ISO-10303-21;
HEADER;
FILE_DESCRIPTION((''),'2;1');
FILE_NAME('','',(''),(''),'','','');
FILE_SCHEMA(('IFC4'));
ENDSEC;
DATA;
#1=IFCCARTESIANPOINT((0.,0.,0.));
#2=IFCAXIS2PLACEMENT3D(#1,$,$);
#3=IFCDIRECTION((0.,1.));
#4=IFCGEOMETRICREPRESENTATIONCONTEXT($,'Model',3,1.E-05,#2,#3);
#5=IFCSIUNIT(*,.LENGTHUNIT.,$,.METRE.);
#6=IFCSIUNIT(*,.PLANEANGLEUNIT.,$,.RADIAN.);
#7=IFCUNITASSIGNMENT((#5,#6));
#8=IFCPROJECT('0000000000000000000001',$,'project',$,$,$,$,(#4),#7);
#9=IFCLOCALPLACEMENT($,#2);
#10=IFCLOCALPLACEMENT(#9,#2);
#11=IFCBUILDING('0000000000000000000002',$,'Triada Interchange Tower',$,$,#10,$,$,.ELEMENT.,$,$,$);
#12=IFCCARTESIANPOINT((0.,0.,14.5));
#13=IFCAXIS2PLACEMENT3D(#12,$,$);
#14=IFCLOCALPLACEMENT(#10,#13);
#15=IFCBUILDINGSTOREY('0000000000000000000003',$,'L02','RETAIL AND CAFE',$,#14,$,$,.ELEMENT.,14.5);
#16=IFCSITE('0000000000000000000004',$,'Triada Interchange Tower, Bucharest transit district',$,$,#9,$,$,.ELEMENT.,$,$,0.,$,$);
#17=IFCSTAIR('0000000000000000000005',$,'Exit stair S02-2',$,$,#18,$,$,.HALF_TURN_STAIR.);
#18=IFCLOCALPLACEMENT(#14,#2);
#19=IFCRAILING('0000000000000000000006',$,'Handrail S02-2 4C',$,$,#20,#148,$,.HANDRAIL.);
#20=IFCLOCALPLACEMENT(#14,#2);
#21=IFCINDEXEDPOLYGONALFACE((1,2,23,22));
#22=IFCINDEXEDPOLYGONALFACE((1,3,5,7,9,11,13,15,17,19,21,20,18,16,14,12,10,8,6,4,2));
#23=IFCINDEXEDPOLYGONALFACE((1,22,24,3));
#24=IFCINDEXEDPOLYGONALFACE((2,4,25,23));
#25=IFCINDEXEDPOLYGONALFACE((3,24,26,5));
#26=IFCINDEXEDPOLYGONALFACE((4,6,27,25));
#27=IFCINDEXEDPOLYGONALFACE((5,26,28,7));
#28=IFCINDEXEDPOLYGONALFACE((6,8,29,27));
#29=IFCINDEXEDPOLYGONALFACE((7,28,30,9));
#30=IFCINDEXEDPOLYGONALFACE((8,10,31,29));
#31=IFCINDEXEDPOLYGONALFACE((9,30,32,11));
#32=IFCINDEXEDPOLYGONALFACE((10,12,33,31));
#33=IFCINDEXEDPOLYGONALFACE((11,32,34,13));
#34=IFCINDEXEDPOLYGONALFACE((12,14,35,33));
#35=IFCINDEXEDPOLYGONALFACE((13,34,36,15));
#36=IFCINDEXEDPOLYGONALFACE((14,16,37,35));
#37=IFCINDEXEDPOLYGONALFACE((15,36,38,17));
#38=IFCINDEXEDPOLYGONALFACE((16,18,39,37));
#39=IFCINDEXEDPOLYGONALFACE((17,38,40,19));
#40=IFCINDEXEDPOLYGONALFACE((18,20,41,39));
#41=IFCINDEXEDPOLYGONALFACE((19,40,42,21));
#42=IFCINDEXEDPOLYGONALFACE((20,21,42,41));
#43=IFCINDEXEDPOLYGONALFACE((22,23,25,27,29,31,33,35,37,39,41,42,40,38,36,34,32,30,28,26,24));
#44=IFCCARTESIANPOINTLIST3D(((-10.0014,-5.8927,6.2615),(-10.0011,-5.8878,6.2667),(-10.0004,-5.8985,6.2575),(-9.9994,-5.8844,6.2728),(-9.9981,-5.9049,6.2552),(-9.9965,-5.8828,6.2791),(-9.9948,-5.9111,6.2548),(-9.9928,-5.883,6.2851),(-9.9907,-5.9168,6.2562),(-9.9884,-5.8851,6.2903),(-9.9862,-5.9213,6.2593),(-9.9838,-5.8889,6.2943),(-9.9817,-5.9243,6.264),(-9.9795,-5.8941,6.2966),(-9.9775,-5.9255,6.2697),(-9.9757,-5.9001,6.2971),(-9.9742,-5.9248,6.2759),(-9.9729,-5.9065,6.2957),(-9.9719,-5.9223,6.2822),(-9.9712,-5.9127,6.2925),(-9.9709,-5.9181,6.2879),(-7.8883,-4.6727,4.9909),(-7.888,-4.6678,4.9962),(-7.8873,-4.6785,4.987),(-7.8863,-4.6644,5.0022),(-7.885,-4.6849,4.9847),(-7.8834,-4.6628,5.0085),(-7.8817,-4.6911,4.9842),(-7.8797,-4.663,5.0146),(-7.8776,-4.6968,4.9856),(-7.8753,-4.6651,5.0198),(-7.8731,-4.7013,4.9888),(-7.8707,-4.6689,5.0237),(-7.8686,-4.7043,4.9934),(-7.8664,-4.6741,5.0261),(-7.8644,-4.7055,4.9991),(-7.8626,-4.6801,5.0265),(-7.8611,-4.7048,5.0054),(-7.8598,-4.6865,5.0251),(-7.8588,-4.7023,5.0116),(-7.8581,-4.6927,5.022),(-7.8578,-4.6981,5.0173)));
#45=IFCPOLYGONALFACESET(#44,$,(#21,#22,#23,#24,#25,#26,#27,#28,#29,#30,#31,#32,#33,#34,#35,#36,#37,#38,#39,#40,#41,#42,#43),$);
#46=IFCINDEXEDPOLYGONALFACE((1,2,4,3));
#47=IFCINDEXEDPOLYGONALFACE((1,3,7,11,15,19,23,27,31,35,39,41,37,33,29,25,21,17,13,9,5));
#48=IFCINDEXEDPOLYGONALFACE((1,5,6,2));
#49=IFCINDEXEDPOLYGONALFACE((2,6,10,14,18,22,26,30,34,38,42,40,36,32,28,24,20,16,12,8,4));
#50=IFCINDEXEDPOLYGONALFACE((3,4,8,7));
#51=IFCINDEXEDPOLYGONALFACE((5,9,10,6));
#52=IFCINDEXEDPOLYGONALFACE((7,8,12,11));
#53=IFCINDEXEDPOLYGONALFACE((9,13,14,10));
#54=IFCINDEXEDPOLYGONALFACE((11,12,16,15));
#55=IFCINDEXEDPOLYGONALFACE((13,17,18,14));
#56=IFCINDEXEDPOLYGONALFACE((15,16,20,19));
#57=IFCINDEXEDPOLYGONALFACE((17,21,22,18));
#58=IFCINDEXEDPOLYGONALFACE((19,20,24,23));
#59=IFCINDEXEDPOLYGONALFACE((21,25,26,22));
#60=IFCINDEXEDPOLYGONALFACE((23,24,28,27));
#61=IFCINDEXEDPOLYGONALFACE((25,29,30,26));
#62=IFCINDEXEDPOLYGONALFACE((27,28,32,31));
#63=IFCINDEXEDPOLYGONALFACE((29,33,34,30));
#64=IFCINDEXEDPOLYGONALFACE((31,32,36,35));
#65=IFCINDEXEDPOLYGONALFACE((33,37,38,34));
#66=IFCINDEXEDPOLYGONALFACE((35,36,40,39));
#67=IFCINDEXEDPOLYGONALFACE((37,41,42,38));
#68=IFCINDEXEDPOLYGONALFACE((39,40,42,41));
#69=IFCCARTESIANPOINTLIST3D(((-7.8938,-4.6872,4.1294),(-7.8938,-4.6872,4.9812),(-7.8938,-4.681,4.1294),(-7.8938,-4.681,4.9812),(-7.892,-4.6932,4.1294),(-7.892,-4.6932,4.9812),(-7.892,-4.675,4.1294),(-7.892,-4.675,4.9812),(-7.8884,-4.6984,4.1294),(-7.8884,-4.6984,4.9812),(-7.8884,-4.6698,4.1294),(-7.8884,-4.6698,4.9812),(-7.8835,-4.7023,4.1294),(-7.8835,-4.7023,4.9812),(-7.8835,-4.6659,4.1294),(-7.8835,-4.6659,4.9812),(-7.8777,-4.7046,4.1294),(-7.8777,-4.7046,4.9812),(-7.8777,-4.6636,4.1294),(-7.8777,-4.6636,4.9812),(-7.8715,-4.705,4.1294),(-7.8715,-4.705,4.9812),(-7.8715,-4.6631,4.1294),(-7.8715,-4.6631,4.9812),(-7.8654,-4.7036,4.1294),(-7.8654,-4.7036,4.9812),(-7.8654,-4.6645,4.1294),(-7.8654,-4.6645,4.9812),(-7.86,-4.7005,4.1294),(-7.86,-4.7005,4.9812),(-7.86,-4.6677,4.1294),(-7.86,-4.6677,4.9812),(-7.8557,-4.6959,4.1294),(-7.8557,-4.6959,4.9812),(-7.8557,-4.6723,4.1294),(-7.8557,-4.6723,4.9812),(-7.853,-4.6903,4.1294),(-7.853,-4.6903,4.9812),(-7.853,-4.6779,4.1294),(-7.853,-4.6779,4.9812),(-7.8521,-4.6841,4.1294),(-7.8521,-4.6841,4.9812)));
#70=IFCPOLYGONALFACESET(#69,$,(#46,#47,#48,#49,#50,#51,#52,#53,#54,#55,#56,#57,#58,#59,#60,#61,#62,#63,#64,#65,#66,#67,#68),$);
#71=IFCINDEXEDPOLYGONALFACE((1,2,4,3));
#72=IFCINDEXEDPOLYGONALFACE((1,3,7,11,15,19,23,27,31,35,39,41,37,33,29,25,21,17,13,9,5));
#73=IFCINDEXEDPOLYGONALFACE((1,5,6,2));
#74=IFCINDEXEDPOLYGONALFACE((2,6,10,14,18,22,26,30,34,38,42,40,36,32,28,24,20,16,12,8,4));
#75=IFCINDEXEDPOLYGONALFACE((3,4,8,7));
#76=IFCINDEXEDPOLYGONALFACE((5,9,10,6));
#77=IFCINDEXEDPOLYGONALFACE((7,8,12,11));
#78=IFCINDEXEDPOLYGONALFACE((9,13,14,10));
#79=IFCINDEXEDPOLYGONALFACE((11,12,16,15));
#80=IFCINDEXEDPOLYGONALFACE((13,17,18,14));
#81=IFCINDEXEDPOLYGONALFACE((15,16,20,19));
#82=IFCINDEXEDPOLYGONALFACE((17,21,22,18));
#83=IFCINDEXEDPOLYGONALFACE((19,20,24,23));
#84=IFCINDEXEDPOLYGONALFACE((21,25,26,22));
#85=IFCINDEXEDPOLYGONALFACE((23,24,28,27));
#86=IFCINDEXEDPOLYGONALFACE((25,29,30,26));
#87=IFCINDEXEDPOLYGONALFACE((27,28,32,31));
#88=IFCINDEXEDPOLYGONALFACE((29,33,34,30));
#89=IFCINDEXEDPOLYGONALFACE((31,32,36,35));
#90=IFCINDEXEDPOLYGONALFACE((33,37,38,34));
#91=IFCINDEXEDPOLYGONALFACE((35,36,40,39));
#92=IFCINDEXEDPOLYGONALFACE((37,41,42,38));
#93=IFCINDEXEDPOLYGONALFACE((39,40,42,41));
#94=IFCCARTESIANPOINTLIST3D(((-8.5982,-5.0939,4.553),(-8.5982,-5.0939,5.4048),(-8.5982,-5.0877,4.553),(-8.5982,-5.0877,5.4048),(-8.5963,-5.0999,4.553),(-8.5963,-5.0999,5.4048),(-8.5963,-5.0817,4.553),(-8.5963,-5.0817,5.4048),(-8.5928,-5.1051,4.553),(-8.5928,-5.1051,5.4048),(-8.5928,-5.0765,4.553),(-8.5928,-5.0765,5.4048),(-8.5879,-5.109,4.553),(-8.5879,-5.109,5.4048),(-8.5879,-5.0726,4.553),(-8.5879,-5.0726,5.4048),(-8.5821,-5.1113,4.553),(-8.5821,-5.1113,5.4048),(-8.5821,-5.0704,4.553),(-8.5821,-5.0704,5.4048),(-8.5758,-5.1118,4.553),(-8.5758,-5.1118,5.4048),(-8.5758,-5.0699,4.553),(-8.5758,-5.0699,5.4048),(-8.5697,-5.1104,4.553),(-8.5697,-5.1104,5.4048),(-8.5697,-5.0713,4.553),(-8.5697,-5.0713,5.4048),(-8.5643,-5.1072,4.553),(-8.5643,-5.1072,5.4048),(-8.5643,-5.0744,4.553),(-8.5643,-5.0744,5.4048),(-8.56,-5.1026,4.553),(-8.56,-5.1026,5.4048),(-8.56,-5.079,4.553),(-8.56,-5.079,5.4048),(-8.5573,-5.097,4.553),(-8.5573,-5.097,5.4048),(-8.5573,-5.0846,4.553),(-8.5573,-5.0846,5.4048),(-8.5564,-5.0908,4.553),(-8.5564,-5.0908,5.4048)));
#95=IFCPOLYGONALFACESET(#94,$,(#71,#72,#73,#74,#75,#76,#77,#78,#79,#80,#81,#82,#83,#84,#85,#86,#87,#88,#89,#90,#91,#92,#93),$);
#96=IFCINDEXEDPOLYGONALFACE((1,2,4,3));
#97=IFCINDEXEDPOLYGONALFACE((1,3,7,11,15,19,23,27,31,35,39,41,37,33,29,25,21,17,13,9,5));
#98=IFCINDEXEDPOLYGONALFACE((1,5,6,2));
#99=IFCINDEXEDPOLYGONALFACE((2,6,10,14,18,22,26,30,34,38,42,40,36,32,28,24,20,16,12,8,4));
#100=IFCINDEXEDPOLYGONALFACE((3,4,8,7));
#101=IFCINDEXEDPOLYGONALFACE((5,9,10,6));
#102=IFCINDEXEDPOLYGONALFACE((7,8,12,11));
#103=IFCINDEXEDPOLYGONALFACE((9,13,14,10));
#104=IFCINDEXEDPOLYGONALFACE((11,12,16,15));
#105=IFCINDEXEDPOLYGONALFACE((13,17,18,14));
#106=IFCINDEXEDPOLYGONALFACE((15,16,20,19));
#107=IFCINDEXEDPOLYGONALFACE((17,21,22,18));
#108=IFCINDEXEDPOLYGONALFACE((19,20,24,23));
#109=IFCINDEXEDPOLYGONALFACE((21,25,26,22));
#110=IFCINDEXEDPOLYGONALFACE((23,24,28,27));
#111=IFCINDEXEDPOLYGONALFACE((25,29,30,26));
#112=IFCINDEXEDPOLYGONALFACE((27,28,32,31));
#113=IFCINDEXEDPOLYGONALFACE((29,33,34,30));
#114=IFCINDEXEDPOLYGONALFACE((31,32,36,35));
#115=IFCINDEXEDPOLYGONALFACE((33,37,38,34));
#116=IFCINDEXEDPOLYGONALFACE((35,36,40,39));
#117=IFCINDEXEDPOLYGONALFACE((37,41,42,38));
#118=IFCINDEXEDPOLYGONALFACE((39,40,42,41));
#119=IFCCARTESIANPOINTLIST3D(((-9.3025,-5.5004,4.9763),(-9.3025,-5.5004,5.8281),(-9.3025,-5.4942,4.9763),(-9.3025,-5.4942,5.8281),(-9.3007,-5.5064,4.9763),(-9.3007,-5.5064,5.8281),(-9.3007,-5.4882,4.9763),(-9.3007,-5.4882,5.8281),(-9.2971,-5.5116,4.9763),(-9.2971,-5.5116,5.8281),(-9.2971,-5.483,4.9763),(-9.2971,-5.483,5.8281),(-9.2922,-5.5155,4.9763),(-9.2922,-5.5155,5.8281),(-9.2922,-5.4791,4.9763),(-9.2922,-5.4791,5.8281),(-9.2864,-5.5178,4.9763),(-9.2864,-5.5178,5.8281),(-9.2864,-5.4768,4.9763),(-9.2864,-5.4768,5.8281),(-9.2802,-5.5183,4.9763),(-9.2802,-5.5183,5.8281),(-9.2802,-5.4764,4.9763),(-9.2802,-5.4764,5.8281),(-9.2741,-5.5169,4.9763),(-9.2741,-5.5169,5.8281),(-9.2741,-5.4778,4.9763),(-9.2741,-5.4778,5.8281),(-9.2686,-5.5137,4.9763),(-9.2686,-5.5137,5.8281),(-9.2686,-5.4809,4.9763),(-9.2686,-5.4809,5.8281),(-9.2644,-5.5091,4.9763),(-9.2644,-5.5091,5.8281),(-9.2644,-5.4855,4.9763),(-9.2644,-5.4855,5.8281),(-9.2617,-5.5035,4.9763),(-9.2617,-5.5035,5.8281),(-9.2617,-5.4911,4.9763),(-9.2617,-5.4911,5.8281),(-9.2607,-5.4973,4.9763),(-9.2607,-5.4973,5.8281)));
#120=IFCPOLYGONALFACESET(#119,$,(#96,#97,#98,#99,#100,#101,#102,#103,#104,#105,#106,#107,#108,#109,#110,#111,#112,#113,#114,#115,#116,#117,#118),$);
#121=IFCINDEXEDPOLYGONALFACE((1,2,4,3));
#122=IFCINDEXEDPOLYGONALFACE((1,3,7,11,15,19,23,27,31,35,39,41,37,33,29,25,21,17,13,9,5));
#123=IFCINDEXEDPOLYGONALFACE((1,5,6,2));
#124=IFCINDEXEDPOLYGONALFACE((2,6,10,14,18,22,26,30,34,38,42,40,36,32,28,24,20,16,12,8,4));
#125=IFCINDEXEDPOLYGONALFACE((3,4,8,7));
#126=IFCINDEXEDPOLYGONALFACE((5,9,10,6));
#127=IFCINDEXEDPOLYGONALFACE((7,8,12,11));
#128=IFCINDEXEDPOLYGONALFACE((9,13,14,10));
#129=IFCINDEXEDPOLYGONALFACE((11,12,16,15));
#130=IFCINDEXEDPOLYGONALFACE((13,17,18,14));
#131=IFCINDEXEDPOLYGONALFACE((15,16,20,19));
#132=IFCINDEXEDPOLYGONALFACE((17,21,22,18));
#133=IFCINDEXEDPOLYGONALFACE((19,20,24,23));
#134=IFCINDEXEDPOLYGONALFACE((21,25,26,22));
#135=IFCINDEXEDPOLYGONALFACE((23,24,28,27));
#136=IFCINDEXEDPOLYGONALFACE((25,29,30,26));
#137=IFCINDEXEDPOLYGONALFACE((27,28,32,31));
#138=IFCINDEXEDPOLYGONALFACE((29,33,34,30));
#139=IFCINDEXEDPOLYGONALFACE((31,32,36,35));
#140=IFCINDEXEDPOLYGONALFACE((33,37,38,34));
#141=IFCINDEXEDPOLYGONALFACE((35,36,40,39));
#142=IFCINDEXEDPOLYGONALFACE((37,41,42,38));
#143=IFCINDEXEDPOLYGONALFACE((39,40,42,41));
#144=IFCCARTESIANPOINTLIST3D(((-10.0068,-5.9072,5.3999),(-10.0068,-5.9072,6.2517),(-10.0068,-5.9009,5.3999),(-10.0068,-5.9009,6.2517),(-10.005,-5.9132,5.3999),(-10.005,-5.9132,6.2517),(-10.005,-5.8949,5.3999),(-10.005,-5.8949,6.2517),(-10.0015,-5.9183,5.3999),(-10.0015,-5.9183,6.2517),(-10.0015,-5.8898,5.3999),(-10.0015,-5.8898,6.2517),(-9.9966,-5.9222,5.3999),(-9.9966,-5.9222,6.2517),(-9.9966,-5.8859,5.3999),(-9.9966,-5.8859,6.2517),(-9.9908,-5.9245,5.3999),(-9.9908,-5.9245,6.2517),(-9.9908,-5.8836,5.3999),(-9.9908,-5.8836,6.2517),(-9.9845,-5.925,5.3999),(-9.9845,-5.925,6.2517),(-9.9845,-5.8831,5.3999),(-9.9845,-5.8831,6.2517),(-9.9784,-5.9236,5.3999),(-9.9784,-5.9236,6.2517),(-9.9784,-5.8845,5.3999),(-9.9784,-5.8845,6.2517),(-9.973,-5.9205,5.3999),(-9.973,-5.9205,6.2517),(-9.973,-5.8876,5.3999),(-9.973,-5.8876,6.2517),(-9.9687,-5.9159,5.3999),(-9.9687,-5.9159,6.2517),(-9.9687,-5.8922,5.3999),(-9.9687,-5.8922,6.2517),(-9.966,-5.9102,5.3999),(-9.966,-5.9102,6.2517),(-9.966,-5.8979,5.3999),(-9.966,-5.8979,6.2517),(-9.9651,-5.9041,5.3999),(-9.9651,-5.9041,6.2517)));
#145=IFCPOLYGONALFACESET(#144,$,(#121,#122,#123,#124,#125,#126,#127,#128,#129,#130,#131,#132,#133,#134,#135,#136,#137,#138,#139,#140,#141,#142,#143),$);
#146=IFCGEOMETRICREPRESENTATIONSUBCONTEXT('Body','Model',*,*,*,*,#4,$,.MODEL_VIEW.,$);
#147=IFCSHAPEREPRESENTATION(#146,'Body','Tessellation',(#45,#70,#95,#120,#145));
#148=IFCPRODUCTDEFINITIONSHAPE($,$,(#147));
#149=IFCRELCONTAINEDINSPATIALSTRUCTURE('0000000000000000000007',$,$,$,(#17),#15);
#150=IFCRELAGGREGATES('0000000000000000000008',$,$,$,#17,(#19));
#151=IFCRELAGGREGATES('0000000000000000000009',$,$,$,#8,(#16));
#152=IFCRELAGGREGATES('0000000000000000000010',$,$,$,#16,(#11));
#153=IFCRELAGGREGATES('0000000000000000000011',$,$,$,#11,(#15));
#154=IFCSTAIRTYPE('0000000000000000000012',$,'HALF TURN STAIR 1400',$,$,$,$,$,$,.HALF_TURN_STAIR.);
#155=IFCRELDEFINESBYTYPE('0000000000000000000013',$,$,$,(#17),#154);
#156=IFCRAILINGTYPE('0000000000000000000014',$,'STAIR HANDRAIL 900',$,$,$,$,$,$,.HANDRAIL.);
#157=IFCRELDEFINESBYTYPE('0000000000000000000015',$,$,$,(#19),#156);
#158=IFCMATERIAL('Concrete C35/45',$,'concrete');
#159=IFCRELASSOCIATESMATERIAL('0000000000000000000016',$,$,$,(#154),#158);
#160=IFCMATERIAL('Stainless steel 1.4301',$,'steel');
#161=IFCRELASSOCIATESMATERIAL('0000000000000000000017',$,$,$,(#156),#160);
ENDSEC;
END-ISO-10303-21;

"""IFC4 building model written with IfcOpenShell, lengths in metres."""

from ifc_helpers import new_model, si_unit, direction, frame, origin, origin_2d, place, context, subcontext, project, spatial, circle, extrude, material, type_object, element, aggregate, save


model = new_model("IFC4")

# Units and contexts
model_context = context("Model", 3, precision=1e-05, world=origin(), true_north=direction((0.0, 1.0)))
body_context = subcontext(model_context, "Body", "Model", "MODEL_VIEW")
ifc_project = project(units=[si_unit("LENGTHUNIT", "METRE"), si_unit("PLANEANGLEUNIT", "RADIAN")], contexts=[model_context])

# Site, building, storey
site_placement = place(None, origin())
site = spatial("IfcSite", under=ifc_project, at=site_placement, Name="Triada Interchange Tower, Bucharest transit district", CompositionType="ELEMENT", RefElevation=0.0)
building_placement = place(site_placement, origin())
building = spatial("IfcBuilding", under=site, at=building_placement, Name="Triada Interchange Tower", CompositionType="ELEMENT")
storey_placement = place(building_placement, frame((0.0, 0.0, 14.5)))
storey = spatial("IfcBuildingStorey", under=building, at=storey_placement, Name="L02", Description="RETAIL AND CAFE", CompositionType="ELEMENT", Elevation=14.5)

# Shared definitions
ifc_material_1 = material(Name="Concrete C35/45", Category="concrete")

# Stair, railing
stair_type = type_object("IfcStairType", Name="HALF TURN STAIR 1400", PredefinedType="HALF_TURN_STAIR", material=ifc_material_1)
stair_1_placement = place(storey_placement, origin())
stair_1 = element("IfcStair", 1, at=stair_1_placement, inside=storey, type_object=stair_type, Name="Exit stair S02-2", PredefinedType="HALF_TURN_STAIR")
ifc_material_2 = material(Name="Stainless steel 1.4301", Category="steel")
railing_type_1 = type_object("IfcRailingType", Name="STAIR HANDRAIL 900", PredefinedType="HANDRAIL", material=ifc_material_2)
railing_1_placement = place(storey_placement, frame((-7.873, -4.6841, 4.1294)))
railing_1 = element("IfcRailing", 2, at=railing_1_placement, type_object=railing_type_1, Name="Handrail S02-2 4C", PredefinedType="HANDRAIL", context=body_context, shape_type="SweptSolid", body=[
    extrude(circle(Radius=0.0239, at=origin_2d()), frame((0.0, 0.0, 0.876), z_axis=(-0.768126, -0.443481, 0.461852), x_axis=(0.500003, -0.866024, 0.0)), (0.0, 0.0, 1.0), 2.751),
    extrude(circle(Radius=0.021, at=origin_2d()), origin(), (0.0, 0.0, 1.0), 0.8518),
    extrude(circle(Radius=0.021, at=origin_2d()), frame((-0.7043, -0.4067, 0.4236)), (0.0, 0.0, 1.0), 0.8518),
    extrude(circle(Radius=0.021, at=origin_2d()), frame((-1.4087, -0.8132, 0.8469)), (0.0, 0.0, 1.0), 0.8518),
    extrude(circle(Radius=0.021, at=origin_2d()), frame((-2.113, -1.22, 1.2705)), (0.0, 0.0, 1.0), 0.8518),
])
aggregate(stair_1, [railing_1])

save(model, "model.ifc")
